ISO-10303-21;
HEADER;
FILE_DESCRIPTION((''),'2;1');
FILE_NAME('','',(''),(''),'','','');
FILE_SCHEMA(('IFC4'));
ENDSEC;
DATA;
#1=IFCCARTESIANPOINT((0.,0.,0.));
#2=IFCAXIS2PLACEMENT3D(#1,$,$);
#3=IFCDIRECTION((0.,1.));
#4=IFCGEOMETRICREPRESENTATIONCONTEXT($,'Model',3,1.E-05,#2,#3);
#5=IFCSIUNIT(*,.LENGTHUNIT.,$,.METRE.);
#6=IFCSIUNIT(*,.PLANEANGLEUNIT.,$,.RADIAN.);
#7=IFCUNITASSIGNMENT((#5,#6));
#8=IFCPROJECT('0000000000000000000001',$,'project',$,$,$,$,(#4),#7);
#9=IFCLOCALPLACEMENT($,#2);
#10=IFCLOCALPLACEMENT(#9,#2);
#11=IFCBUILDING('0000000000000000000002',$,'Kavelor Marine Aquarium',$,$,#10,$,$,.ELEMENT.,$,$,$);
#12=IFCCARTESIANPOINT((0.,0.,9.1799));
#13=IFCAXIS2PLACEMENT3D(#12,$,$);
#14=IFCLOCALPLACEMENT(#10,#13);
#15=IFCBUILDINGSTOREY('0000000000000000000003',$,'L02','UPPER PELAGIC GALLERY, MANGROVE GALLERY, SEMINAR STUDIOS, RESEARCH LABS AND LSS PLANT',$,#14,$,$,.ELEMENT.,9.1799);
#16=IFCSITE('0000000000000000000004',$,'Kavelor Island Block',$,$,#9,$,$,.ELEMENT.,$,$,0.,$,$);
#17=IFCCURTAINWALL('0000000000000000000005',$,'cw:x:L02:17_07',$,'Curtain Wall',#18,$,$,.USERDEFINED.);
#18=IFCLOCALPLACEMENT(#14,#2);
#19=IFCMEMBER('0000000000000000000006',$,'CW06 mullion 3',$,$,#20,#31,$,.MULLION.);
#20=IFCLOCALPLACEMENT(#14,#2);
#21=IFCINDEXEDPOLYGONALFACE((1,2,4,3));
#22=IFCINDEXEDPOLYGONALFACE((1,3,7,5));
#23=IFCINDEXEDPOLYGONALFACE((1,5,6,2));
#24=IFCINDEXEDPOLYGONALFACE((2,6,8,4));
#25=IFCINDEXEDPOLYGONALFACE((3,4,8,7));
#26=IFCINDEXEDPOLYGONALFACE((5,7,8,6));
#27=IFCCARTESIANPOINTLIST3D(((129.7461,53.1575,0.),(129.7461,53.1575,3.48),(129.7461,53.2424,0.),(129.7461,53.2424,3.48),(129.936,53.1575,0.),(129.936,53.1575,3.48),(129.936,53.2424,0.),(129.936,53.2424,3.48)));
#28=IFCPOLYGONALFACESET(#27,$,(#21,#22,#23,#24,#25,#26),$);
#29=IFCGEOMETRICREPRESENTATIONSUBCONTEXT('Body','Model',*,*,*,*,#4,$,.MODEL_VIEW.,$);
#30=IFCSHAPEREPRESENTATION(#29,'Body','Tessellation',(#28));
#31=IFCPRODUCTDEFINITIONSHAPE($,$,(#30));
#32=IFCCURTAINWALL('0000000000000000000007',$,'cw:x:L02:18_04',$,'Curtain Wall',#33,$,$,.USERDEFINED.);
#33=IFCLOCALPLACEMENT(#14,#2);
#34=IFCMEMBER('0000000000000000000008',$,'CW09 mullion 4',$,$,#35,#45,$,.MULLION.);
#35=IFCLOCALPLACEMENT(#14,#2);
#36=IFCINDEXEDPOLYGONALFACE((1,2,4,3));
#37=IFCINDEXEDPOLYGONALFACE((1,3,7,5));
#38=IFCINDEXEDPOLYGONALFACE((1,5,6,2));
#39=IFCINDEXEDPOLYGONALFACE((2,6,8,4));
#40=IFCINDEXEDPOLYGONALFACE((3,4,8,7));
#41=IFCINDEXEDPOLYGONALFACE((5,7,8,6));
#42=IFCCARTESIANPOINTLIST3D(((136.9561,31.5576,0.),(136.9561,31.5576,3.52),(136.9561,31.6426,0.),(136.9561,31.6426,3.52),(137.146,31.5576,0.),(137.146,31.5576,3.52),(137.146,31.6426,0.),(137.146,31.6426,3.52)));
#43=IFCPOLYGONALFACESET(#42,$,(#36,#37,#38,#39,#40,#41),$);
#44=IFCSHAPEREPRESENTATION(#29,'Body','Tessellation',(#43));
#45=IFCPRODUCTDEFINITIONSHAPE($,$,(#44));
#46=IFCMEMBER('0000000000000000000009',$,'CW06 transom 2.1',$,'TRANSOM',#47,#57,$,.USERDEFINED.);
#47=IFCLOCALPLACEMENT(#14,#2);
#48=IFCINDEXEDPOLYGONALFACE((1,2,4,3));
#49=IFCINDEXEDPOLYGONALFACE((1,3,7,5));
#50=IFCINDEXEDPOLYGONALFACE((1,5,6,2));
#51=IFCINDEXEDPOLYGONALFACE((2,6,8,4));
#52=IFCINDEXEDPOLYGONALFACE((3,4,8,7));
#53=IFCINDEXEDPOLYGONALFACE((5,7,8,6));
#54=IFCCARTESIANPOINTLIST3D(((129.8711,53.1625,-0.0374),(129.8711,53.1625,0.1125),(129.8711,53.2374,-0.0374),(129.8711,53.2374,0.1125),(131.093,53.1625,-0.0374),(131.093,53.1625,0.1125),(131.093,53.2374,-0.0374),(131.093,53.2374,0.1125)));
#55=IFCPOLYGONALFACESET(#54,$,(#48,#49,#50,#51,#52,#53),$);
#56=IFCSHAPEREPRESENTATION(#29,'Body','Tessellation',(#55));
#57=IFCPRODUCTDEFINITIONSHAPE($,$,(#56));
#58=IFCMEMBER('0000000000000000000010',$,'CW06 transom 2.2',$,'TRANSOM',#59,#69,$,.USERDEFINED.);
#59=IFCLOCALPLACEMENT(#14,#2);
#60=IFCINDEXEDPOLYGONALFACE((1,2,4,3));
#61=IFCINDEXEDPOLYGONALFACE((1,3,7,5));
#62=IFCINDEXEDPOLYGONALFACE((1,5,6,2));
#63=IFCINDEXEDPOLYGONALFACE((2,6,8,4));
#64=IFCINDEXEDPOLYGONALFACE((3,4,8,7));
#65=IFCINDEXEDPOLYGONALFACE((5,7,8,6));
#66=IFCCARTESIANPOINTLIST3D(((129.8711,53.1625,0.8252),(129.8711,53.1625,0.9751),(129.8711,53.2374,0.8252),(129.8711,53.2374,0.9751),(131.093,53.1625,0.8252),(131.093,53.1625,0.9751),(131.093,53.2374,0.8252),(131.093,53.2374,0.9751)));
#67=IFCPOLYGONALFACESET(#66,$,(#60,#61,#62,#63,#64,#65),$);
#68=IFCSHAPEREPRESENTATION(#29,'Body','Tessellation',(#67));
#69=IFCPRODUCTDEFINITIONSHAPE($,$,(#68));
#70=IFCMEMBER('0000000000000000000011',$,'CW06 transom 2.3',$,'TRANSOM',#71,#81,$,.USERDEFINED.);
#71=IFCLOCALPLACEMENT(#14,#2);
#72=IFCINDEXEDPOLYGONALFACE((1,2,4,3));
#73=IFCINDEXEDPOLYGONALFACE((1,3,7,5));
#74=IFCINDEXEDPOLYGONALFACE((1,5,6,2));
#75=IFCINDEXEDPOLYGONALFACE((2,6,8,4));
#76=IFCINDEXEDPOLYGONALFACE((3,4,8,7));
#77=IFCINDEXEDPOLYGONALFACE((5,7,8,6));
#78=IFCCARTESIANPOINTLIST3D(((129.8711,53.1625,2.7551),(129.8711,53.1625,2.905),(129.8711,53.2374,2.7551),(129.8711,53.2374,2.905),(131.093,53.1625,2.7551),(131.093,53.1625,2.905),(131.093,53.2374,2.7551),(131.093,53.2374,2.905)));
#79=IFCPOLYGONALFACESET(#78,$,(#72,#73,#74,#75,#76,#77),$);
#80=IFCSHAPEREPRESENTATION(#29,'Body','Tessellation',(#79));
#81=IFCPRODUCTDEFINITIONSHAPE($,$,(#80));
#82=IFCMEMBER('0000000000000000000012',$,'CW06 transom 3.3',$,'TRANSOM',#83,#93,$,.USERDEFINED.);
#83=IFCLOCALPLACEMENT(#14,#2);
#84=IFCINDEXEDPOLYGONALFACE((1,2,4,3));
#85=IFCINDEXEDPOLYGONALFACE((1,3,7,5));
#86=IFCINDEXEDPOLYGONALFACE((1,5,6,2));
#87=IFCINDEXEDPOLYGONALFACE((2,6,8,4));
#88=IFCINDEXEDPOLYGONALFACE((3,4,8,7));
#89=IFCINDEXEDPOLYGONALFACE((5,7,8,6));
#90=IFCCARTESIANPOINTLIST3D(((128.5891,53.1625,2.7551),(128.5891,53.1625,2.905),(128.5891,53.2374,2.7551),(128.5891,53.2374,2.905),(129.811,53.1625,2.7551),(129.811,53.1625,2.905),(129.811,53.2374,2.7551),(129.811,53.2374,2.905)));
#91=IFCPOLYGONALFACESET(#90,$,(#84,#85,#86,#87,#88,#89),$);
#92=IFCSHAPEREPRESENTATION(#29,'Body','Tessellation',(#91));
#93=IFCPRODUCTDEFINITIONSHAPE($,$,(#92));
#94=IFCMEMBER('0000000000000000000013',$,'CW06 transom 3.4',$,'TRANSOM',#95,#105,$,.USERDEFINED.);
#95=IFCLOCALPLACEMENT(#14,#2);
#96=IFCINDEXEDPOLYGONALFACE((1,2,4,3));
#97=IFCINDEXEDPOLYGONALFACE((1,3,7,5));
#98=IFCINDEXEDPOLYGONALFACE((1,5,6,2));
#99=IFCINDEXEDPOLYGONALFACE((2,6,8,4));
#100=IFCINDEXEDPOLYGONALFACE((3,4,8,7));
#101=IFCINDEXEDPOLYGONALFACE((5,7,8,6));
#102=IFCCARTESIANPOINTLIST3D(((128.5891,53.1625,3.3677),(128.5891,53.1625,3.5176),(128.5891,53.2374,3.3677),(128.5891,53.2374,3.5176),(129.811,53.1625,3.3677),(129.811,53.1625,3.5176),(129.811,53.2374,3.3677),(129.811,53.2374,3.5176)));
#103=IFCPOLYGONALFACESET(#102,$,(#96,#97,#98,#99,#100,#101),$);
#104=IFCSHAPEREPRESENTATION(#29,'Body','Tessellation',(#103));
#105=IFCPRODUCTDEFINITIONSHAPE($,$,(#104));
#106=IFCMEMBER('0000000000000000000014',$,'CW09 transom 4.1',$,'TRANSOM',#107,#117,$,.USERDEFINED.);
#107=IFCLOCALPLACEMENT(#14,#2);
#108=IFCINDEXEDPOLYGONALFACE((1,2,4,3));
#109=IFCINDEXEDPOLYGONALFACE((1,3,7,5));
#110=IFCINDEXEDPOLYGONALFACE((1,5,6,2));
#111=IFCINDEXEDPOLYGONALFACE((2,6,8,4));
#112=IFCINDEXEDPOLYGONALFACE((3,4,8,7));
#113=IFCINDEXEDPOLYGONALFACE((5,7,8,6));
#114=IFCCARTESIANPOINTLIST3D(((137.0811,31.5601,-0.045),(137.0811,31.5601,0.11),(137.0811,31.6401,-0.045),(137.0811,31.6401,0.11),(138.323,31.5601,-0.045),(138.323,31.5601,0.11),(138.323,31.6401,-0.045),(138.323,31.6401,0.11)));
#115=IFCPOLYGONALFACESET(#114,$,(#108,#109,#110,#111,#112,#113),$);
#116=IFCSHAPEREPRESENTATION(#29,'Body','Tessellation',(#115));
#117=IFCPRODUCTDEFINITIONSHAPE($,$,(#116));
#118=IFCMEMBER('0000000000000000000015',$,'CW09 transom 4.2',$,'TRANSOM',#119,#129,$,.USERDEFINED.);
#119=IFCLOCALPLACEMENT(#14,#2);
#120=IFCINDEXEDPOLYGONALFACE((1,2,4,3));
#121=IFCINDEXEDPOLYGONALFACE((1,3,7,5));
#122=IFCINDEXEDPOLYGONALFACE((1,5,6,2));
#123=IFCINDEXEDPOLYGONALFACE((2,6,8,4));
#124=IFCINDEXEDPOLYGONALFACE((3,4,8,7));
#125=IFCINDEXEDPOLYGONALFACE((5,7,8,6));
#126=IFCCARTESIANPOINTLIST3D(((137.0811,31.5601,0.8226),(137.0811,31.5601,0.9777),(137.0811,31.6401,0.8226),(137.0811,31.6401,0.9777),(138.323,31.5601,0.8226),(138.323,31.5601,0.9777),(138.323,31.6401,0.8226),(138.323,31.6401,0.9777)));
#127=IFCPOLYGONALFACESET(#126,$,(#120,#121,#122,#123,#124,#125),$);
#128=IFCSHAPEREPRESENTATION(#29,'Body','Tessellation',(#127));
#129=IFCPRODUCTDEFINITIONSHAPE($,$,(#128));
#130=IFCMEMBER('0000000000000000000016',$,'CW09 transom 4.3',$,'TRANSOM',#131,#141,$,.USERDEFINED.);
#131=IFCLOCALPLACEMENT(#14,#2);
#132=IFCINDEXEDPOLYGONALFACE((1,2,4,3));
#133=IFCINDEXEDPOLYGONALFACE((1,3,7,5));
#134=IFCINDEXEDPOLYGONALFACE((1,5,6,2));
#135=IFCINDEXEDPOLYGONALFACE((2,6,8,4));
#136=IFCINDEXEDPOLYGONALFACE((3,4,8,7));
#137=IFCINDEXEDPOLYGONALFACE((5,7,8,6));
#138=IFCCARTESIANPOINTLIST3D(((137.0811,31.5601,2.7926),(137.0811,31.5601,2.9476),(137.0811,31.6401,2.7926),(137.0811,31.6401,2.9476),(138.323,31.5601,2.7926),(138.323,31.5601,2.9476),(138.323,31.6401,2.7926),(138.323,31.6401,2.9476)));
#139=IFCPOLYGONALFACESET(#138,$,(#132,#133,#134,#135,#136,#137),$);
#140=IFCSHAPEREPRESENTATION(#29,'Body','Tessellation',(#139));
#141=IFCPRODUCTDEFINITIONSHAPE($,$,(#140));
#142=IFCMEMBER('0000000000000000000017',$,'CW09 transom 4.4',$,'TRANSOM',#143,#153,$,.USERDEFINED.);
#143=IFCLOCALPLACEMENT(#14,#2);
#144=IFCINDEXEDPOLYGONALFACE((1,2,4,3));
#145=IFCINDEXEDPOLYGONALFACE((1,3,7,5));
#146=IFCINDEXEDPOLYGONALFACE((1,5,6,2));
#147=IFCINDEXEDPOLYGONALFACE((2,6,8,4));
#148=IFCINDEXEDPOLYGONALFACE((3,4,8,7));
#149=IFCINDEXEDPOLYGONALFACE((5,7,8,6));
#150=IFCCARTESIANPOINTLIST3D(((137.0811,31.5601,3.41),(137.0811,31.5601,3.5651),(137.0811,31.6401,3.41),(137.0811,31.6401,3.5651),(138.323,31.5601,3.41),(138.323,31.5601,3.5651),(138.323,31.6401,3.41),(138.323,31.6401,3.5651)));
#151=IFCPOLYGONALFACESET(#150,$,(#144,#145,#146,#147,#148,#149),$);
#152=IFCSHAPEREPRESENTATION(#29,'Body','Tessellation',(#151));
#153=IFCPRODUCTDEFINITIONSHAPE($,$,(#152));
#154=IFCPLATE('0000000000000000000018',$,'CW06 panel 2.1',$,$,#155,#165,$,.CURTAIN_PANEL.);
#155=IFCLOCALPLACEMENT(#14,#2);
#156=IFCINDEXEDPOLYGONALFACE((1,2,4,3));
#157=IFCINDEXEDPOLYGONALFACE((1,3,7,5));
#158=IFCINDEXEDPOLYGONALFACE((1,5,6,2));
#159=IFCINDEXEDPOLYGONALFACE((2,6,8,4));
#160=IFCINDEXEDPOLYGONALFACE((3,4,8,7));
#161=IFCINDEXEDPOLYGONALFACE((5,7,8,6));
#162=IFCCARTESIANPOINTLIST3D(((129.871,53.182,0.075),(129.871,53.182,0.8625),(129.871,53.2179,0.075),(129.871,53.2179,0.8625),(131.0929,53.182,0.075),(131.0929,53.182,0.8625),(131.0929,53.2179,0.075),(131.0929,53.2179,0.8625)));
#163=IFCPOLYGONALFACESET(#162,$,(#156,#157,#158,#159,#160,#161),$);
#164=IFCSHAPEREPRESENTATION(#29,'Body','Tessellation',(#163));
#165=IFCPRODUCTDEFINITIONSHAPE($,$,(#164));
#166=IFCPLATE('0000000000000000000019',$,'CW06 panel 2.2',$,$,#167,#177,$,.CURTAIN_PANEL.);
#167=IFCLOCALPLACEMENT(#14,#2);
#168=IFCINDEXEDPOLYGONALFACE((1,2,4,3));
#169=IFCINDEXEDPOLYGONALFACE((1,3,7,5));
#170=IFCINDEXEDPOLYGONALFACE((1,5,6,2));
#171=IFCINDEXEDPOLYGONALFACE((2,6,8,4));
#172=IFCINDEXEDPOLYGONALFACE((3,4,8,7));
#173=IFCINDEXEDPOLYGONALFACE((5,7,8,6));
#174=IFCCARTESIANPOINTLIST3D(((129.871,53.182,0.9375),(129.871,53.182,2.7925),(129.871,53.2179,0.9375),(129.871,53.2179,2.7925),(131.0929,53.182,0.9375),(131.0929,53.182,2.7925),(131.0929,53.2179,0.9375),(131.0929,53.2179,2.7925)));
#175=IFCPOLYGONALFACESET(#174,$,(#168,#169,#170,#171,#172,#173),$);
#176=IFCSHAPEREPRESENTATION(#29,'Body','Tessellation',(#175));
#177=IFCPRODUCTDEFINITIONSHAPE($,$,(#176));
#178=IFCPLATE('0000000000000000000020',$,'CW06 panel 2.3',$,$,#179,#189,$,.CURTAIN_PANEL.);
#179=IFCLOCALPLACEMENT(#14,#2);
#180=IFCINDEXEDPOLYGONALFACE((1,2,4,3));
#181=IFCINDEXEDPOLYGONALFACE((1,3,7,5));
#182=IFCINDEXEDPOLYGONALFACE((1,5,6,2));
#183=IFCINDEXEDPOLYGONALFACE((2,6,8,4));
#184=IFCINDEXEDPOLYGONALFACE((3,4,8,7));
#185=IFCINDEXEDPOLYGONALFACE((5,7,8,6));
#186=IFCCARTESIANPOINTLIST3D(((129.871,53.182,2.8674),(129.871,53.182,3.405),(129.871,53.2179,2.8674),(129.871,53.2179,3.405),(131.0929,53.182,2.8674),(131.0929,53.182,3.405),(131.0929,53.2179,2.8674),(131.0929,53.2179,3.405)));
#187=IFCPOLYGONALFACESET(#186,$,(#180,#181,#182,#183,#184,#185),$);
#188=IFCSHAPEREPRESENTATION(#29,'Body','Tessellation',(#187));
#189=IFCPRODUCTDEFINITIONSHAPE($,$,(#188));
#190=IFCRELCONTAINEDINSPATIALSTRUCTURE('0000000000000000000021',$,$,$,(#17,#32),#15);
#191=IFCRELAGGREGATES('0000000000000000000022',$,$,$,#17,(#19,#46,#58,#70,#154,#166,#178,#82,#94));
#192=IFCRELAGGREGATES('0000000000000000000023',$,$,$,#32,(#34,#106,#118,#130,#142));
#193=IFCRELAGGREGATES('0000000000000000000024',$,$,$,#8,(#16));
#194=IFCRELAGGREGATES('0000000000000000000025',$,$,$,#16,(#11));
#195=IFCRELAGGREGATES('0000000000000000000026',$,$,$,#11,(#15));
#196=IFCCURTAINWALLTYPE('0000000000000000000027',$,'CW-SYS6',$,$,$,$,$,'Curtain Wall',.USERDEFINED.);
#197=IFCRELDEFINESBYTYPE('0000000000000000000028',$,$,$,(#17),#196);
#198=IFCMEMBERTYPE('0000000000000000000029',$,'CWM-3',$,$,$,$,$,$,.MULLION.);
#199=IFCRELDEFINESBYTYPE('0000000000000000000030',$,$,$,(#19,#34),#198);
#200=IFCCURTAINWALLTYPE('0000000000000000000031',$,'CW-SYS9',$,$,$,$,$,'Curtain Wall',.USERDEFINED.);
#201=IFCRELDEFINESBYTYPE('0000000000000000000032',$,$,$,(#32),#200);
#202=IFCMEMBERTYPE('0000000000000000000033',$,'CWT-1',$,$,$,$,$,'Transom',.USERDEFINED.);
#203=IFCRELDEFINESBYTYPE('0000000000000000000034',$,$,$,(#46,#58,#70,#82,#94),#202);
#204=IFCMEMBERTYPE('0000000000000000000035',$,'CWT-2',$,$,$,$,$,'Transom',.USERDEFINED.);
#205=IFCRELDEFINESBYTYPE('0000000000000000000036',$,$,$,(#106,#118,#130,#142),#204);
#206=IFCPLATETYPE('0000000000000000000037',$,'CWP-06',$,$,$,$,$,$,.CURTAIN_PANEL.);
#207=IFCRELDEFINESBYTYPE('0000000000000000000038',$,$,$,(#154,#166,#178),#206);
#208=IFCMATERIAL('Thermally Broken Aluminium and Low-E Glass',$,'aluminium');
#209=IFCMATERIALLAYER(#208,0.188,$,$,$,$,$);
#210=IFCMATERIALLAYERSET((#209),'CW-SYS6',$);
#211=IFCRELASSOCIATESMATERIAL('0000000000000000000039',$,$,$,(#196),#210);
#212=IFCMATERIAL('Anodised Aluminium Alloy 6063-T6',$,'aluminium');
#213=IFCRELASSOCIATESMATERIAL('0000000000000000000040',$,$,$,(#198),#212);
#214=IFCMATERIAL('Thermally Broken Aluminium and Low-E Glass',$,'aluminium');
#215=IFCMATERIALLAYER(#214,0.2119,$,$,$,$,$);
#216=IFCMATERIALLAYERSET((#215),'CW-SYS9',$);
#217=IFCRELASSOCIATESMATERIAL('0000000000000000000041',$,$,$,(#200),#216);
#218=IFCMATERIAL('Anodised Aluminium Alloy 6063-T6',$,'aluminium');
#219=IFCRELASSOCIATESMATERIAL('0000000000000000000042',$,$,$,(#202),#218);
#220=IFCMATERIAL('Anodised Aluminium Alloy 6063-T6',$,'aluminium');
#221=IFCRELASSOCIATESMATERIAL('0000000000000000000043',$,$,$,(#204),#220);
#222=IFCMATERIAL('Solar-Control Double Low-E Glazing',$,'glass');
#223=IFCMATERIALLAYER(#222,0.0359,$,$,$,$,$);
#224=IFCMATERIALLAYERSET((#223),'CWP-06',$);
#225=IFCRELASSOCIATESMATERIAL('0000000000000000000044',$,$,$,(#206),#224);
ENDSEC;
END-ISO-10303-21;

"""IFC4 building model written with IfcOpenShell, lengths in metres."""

from ifc_helpers import new_model, si_unit, direction, frame, origin, origin_2d, place, context, subcontext, project, spatial, rectangle, extrude, material, layer, layer_set, material_profile, profile_set, type_object, element, aggregate, save


model = new_model("IFC4")

# Units and contexts
model_context = context("Model", 3, precision=1e-05, world=origin(), true_north=direction((0.0, 1.0)))
body_context = subcontext(model_context, "Body", "Model", "MODEL_VIEW")
ifc_project = project(units=[si_unit("LENGTHUNIT", "METRE"), si_unit("PLANEANGLEUNIT", "RADIAN")], contexts=[model_context])

# Site, building, storey
site_placement = place(None, origin())
site = spatial("IfcSite", under=ifc_project, at=site_placement, Name="Kavelor Island Block", CompositionType="ELEMENT", RefElevation=0.0)
building_placement = place(site_placement, origin())
building = spatial("IfcBuilding", under=site, at=building_placement, Name="Kavelor Marine Aquarium", CompositionType="ELEMENT")
storey_placement = place(building_placement, frame((0.0, 0.0, 9.1799)))
storey = spatial("IfcBuildingStorey", under=building, at=storey_placement, Name="L02", Description="UPPER PELAGIC GALLERY, MANGROVE GALLERY, SEMINAR STUDIOS, RESEARCH LABS AND LSS PLANT", CompositionType="ELEMENT", Elevation=9.1799)

# Curtain walls, members
ifc_material_1 = material(Name="Thermally Broken Aluminium and Low-E Glass", Category="aluminium")
ifc_layer_1 = layer(ifc_material_1, 0.188)
ifc_layer_set_1 = layer_set([ifc_layer_1], Name="CW-SYS6")
curtain_wall_type_1 = type_object("IfcCurtainWallType", Name="CW-SYS6", ElementType="Curtain Wall", PredefinedType="USERDEFINED", material=ifc_layer_set_1)
curtain_wall_1_placement = place(storey_placement, origin())
curtain_wall_1 = element("IfcCurtainWall", 1, at=curtain_wall_1_placement, inside=storey, type_object=curtain_wall_type_1, Name="cw:x:L02:17_07", ObjectType="Curtain Wall", PredefinedType="USERDEFINED")
ifc_material_2 = material(Name="Anodised Aluminium Alloy 6063-T6", Category="aluminium")
ifc_material_profile_1 = material_profile(ifc_material_2, rectangle(XDim=0.085, YDim=0.1899, at=origin_2d()), Name="CW-MUL 85x190")
ifc_profile_set_1 = profile_set([ifc_material_profile_1], Name="Anodised Aluminium Alloy 6063-T6")
member_type_1 = type_object("IfcMemberType", Name="CWM-3", PredefinedType="MULLION", material=ifc_profile_set_1)
member_1_placement = place(storey_placement, frame((129.8411, 53.2, 0.0), z_axis=(0.0, 0.0, 1.0), x_axis=(0.0, -1.0, 0.0)))
member_1 = element("IfcMember", 2, at=member_1_placement, type_object=member_type_1, Name="CW06 mullion 3", PredefinedType="MULLION", context=body_context, shape_type="SweptSolid", body=[
    extrude(rectangle(XDim=0.085, YDim=0.1899, at=origin_2d()), origin(), (0.0, 0.0, 1.0), 3.48),
])
ifc_material_3 = material(Name="Thermally Broken Aluminium and Low-E Glass", Category="aluminium")
ifc_layer_2 = layer(ifc_material_3, 0.2119)
ifc_layer_set_2 = layer_set([ifc_layer_2], Name="CW-SYS9")
curtain_wall_type_2 = type_object("IfcCurtainWallType", Name="CW-SYS9", ElementType="Curtain Wall", PredefinedType="USERDEFINED", material=ifc_layer_set_2)
curtain_wall_2_placement = place(storey_placement, origin())
curtain_wall_2 = element("IfcCurtainWall", 3, at=curtain_wall_2_placement, inside=storey, type_object=curtain_wall_type_2, Name="cw:x:L02:18_04", ObjectType="Curtain Wall", PredefinedType="USERDEFINED")
member_2_placement = place(storey_placement, frame((137.051, 31.6001, 0.0), z_axis=(0.0, 0.0, 1.0), x_axis=(0.0, 1.0, 0.0)))
member_2 = element("IfcMember", 4, at=member_2_placement, type_object=member_type_1, Name="CW09 mullion 4", PredefinedType="MULLION", context=body_context, shape_type="SweptSolid", body=[
    extrude(rectangle(XDim=0.085, YDim=0.1899, at=origin_2d()), origin(), (0.0, 0.0, 1.0), 3.52),
])

# Members
ifc_material_4 = material(Name="Anodised Aluminium Alloy 6063-T6", Category="aluminium")
ifc_material_profile_2 = material_profile(ifc_material_4, rectangle(XDim=0.075, YDim=0.1499, at=origin_2d()), Name="CW-TRN 75x150")
ifc_profile_set_2 = profile_set([ifc_material_profile_2], Name="Anodised Aluminium Alloy 6063-T6")
member_type_2 = type_object("IfcMemberType", Name="CWT-1", ElementType="Transom", PredefinedType="USERDEFINED", material=ifc_profile_set_2)
member_3_placement = place(storey_placement, frame((131.093, 53.2, 0.0376), z_axis=(-1.0, 0.0, 0.0), x_axis=(0.0, -1.0, 0.0)))
member_3 = element("IfcMember", 5, at=member_3_placement, type_object=member_type_2, Name="CW06 transom 2.1", ObjectType="TRANSOM", PredefinedType="USERDEFINED", context=body_context, shape_type="SweptSolid", body=[
    extrude(rectangle(XDim=0.075, YDim=0.1499, at=origin_2d()), origin(), (0.0, 0.0, 1.0), 1.2219),
])
member_4_placement = place(storey_placement, frame((131.093, 53.2, 0.9001), z_axis=(-1.0, 0.0, 0.0), x_axis=(0.0, -1.0, 0.0)))
member_4 = element("IfcMember", 6, at=member_4_placement, type_object=member_type_2, Name="CW06 transom 2.2", ObjectType="TRANSOM", PredefinedType="USERDEFINED", context=body_context, shape_type="SweptSolid", body=[
    extrude(rectangle(XDim=0.075, YDim=0.1499, at=origin_2d()), origin(), (0.0, 0.0, 1.0), 1.2219),
])
member_5_placement = place(storey_placement, frame((131.093, 53.2, 2.8301), z_axis=(-1.0, 0.0, 0.0), x_axis=(0.0, -1.0, 0.0)))
member_5 = element("IfcMember", 7, at=member_5_placement, type_object=member_type_2, Name="CW06 transom 2.3", ObjectType="TRANSOM", PredefinedType="USERDEFINED", context=body_context, shape_type="SweptSolid", body=[
    extrude(rectangle(XDim=0.075, YDim=0.1499, at=origin_2d()), origin(), (0.0, 0.0, 1.0), 1.2219),
])
member_6_placement = place(storey_placement, frame((129.811, 53.2, 2.8301), z_axis=(-1.0, 0.0, 0.0), x_axis=(0.0, -1.0, 0.0)))
member_6 = element("IfcMember", 8, at=member_6_placement, type_object=member_type_2, Name="CW06 transom 3.3", ObjectType="TRANSOM", PredefinedType="USERDEFINED", context=body_context, shape_type="SweptSolid", body=[
    extrude(rectangle(XDim=0.075, YDim=0.1499, at=origin_2d()), origin(), (0.0, 0.0, 1.0), 1.2219),
])
member_7_placement = place(storey_placement, frame((129.811, 53.2, 3.4426), z_axis=(-1.0, 0.0, 0.0), x_axis=(0.0, -1.0, 0.0)))
member_7 = element("IfcMember", 9, at=member_7_placement, type_object=member_type_2, Name="CW06 transom 3.4", ObjectType="TRANSOM", PredefinedType="USERDEFINED", context=body_context, shape_type="SweptSolid", body=[
    extrude(rectangle(XDim=0.075, YDim=0.1499, at=origin_2d()), origin(), (0.0, 0.0, 1.0), 1.2219),
])
ifc_material_5 = material(Name="Anodised Aluminium Alloy 6063-T6", Category="aluminium")
ifc_material_profile_3 = material_profile(ifc_material_5, rectangle(XDim=0.0801, YDim=0.155, at=origin_2d()), Name="CW-TRN 80x155")
ifc_profile_set_3 = profile_set([ifc_material_profile_3], Name="Anodised Aluminium Alloy 6063-T6")
member_type_3 = type_object("IfcMemberType", Name="CWT-2", ElementType="Transom", PredefinedType="USERDEFINED", material=ifc_profile_set_3)
member_8_placement = place(storey_placement, frame((137.0811, 31.6001, 0.0325), z_axis=(1.0, 0.0, 0.0), x_axis=(0.0, 1.0, 0.0)))
member_8 = element("IfcMember", 10, at=member_8_placement, type_object=member_type_3, Name="CW09 transom 4.1", ObjectType="TRANSOM", PredefinedType="USERDEFINED", context=body_context, shape_type="SweptSolid", body=[
    extrude(rectangle(XDim=0.0801, YDim=0.155, at=origin_2d()), origin(), (0.0, 0.0, 1.0), 1.2419),
])
member_9_placement = place(storey_placement, frame((137.0811, 31.6001, 0.9001), z_axis=(1.0, 0.0, 0.0), x_axis=(0.0, 1.0, 0.0)))
member_9 = element("IfcMember", 11, at=member_9_placement, type_object=member_type_3, Name="CW09 transom 4.2", ObjectType="TRANSOM", PredefinedType="USERDEFINED", context=body_context, shape_type="SweptSolid", body=[
    extrude(rectangle(XDim=0.0801, YDim=0.155, at=origin_2d()), origin(), (0.0, 0.0, 1.0), 1.2419),
])
member_10_placement = place(storey_placement, frame((137.0811, 31.6001, 2.8701), z_axis=(1.0, 0.0, 0.0), x_axis=(0.0, 1.0, 0.0)))
member_10 = element("IfcMember", 12, at=member_10_placement, type_object=member_type_3, Name="CW09 transom 4.3", ObjectType="TRANSOM", PredefinedType="USERDEFINED", context=body_context, shape_type="SweptSolid", body=[
    extrude(rectangle(XDim=0.0801, YDim=0.155, at=origin_2d()), origin(), (0.0, 0.0, 1.0), 1.2419),
])
member_11_placement = place(storey_placement, frame((137.0811, 31.6001, 3.4875), z_axis=(1.0, 0.0, 0.0), x_axis=(0.0, 1.0, 0.0)))
member_11 = element("IfcMember", 13, at=member_11_placement, type_object=member_type_3, Name="CW09 transom 4.4", ObjectType="TRANSOM", PredefinedType="USERDEFINED", context=body_context, shape_type="SweptSolid", body=[
    extrude(rectangle(XDim=0.0801, YDim=0.155, at=origin_2d()), origin(), (0.0, 0.0, 1.0), 1.2419),
])

# Plates
ifc_material_6 = material(Name="Solar-Control Double Low-E Glazing", Category="glass")
ifc_layer_3 = layer(ifc_material_6, 0.0359)
ifc_layer_set_3 = layer_set([ifc_layer_3], Name="CWP-06")
plate_type_1 = type_object("IfcPlateType", Name="CWP-06", PredefinedType="CURTAIN_PANEL", material=ifc_layer_set_3)
plate_1_placement = place(storey_placement, frame((130.4819, 53.2, 0.075), z_axis=(0.0, 0.0, 1.0), x_axis=(-1.0, 0.0, 0.0)))
plate_1 = element("IfcPlate", 14, at=plate_1_placement, type_object=plate_type_1, Name="CW06 panel 2.1", PredefinedType="CURTAIN_PANEL", context=body_context, shape_type="SweptSolid", body=[
    extrude(rectangle(XDim=1.2219, YDim=0.0359, at=origin_2d()), origin(), (0.0, 0.0, 1.0), 0.7876),
])
plate_2_placement = place(storey_placement, frame((130.4819, 53.2, 0.9375), z_axis=(0.0, 0.0, 1.0), x_axis=(-1.0, 0.0, 0.0)))
plate_2 = element("IfcPlate", 15, at=plate_2_placement, type_object=plate_type_1, Name="CW06 panel 2.2", PredefinedType="CURTAIN_PANEL", context=body_context, shape_type="SweptSolid", body=[
    extrude(rectangle(XDim=1.2219, YDim=0.0359, at=origin_2d()), origin(), (0.0, 0.0, 1.0), 1.855),
])
plate_3_placement = place(storey_placement, frame((130.4819, 53.2, 2.8674), z_axis=(0.0, 0.0, 1.0), x_axis=(-1.0, 0.0, 0.0)))
plate_3 = element("IfcPlate", 16, at=plate_3_placement, type_object=plate_type_1, Name="CW06 panel 2.3", PredefinedType="CURTAIN_PANEL", context=body_context, shape_type="SweptSolid", body=[
    extrude(rectangle(XDim=1.2219, YDim=0.0359, at=origin_2d()), origin(), (0.0, 0.0, 1.0), 0.5376),
])
aggregate(curtain_wall_1, [member_1, member_3, member_4, member_5, plate_1, plate_2, plate_3, member_6, member_7])
aggregate(curtain_wall_2, [member_2, member_8, member_9, member_10, member_11])

save(model, "model.ifc")
